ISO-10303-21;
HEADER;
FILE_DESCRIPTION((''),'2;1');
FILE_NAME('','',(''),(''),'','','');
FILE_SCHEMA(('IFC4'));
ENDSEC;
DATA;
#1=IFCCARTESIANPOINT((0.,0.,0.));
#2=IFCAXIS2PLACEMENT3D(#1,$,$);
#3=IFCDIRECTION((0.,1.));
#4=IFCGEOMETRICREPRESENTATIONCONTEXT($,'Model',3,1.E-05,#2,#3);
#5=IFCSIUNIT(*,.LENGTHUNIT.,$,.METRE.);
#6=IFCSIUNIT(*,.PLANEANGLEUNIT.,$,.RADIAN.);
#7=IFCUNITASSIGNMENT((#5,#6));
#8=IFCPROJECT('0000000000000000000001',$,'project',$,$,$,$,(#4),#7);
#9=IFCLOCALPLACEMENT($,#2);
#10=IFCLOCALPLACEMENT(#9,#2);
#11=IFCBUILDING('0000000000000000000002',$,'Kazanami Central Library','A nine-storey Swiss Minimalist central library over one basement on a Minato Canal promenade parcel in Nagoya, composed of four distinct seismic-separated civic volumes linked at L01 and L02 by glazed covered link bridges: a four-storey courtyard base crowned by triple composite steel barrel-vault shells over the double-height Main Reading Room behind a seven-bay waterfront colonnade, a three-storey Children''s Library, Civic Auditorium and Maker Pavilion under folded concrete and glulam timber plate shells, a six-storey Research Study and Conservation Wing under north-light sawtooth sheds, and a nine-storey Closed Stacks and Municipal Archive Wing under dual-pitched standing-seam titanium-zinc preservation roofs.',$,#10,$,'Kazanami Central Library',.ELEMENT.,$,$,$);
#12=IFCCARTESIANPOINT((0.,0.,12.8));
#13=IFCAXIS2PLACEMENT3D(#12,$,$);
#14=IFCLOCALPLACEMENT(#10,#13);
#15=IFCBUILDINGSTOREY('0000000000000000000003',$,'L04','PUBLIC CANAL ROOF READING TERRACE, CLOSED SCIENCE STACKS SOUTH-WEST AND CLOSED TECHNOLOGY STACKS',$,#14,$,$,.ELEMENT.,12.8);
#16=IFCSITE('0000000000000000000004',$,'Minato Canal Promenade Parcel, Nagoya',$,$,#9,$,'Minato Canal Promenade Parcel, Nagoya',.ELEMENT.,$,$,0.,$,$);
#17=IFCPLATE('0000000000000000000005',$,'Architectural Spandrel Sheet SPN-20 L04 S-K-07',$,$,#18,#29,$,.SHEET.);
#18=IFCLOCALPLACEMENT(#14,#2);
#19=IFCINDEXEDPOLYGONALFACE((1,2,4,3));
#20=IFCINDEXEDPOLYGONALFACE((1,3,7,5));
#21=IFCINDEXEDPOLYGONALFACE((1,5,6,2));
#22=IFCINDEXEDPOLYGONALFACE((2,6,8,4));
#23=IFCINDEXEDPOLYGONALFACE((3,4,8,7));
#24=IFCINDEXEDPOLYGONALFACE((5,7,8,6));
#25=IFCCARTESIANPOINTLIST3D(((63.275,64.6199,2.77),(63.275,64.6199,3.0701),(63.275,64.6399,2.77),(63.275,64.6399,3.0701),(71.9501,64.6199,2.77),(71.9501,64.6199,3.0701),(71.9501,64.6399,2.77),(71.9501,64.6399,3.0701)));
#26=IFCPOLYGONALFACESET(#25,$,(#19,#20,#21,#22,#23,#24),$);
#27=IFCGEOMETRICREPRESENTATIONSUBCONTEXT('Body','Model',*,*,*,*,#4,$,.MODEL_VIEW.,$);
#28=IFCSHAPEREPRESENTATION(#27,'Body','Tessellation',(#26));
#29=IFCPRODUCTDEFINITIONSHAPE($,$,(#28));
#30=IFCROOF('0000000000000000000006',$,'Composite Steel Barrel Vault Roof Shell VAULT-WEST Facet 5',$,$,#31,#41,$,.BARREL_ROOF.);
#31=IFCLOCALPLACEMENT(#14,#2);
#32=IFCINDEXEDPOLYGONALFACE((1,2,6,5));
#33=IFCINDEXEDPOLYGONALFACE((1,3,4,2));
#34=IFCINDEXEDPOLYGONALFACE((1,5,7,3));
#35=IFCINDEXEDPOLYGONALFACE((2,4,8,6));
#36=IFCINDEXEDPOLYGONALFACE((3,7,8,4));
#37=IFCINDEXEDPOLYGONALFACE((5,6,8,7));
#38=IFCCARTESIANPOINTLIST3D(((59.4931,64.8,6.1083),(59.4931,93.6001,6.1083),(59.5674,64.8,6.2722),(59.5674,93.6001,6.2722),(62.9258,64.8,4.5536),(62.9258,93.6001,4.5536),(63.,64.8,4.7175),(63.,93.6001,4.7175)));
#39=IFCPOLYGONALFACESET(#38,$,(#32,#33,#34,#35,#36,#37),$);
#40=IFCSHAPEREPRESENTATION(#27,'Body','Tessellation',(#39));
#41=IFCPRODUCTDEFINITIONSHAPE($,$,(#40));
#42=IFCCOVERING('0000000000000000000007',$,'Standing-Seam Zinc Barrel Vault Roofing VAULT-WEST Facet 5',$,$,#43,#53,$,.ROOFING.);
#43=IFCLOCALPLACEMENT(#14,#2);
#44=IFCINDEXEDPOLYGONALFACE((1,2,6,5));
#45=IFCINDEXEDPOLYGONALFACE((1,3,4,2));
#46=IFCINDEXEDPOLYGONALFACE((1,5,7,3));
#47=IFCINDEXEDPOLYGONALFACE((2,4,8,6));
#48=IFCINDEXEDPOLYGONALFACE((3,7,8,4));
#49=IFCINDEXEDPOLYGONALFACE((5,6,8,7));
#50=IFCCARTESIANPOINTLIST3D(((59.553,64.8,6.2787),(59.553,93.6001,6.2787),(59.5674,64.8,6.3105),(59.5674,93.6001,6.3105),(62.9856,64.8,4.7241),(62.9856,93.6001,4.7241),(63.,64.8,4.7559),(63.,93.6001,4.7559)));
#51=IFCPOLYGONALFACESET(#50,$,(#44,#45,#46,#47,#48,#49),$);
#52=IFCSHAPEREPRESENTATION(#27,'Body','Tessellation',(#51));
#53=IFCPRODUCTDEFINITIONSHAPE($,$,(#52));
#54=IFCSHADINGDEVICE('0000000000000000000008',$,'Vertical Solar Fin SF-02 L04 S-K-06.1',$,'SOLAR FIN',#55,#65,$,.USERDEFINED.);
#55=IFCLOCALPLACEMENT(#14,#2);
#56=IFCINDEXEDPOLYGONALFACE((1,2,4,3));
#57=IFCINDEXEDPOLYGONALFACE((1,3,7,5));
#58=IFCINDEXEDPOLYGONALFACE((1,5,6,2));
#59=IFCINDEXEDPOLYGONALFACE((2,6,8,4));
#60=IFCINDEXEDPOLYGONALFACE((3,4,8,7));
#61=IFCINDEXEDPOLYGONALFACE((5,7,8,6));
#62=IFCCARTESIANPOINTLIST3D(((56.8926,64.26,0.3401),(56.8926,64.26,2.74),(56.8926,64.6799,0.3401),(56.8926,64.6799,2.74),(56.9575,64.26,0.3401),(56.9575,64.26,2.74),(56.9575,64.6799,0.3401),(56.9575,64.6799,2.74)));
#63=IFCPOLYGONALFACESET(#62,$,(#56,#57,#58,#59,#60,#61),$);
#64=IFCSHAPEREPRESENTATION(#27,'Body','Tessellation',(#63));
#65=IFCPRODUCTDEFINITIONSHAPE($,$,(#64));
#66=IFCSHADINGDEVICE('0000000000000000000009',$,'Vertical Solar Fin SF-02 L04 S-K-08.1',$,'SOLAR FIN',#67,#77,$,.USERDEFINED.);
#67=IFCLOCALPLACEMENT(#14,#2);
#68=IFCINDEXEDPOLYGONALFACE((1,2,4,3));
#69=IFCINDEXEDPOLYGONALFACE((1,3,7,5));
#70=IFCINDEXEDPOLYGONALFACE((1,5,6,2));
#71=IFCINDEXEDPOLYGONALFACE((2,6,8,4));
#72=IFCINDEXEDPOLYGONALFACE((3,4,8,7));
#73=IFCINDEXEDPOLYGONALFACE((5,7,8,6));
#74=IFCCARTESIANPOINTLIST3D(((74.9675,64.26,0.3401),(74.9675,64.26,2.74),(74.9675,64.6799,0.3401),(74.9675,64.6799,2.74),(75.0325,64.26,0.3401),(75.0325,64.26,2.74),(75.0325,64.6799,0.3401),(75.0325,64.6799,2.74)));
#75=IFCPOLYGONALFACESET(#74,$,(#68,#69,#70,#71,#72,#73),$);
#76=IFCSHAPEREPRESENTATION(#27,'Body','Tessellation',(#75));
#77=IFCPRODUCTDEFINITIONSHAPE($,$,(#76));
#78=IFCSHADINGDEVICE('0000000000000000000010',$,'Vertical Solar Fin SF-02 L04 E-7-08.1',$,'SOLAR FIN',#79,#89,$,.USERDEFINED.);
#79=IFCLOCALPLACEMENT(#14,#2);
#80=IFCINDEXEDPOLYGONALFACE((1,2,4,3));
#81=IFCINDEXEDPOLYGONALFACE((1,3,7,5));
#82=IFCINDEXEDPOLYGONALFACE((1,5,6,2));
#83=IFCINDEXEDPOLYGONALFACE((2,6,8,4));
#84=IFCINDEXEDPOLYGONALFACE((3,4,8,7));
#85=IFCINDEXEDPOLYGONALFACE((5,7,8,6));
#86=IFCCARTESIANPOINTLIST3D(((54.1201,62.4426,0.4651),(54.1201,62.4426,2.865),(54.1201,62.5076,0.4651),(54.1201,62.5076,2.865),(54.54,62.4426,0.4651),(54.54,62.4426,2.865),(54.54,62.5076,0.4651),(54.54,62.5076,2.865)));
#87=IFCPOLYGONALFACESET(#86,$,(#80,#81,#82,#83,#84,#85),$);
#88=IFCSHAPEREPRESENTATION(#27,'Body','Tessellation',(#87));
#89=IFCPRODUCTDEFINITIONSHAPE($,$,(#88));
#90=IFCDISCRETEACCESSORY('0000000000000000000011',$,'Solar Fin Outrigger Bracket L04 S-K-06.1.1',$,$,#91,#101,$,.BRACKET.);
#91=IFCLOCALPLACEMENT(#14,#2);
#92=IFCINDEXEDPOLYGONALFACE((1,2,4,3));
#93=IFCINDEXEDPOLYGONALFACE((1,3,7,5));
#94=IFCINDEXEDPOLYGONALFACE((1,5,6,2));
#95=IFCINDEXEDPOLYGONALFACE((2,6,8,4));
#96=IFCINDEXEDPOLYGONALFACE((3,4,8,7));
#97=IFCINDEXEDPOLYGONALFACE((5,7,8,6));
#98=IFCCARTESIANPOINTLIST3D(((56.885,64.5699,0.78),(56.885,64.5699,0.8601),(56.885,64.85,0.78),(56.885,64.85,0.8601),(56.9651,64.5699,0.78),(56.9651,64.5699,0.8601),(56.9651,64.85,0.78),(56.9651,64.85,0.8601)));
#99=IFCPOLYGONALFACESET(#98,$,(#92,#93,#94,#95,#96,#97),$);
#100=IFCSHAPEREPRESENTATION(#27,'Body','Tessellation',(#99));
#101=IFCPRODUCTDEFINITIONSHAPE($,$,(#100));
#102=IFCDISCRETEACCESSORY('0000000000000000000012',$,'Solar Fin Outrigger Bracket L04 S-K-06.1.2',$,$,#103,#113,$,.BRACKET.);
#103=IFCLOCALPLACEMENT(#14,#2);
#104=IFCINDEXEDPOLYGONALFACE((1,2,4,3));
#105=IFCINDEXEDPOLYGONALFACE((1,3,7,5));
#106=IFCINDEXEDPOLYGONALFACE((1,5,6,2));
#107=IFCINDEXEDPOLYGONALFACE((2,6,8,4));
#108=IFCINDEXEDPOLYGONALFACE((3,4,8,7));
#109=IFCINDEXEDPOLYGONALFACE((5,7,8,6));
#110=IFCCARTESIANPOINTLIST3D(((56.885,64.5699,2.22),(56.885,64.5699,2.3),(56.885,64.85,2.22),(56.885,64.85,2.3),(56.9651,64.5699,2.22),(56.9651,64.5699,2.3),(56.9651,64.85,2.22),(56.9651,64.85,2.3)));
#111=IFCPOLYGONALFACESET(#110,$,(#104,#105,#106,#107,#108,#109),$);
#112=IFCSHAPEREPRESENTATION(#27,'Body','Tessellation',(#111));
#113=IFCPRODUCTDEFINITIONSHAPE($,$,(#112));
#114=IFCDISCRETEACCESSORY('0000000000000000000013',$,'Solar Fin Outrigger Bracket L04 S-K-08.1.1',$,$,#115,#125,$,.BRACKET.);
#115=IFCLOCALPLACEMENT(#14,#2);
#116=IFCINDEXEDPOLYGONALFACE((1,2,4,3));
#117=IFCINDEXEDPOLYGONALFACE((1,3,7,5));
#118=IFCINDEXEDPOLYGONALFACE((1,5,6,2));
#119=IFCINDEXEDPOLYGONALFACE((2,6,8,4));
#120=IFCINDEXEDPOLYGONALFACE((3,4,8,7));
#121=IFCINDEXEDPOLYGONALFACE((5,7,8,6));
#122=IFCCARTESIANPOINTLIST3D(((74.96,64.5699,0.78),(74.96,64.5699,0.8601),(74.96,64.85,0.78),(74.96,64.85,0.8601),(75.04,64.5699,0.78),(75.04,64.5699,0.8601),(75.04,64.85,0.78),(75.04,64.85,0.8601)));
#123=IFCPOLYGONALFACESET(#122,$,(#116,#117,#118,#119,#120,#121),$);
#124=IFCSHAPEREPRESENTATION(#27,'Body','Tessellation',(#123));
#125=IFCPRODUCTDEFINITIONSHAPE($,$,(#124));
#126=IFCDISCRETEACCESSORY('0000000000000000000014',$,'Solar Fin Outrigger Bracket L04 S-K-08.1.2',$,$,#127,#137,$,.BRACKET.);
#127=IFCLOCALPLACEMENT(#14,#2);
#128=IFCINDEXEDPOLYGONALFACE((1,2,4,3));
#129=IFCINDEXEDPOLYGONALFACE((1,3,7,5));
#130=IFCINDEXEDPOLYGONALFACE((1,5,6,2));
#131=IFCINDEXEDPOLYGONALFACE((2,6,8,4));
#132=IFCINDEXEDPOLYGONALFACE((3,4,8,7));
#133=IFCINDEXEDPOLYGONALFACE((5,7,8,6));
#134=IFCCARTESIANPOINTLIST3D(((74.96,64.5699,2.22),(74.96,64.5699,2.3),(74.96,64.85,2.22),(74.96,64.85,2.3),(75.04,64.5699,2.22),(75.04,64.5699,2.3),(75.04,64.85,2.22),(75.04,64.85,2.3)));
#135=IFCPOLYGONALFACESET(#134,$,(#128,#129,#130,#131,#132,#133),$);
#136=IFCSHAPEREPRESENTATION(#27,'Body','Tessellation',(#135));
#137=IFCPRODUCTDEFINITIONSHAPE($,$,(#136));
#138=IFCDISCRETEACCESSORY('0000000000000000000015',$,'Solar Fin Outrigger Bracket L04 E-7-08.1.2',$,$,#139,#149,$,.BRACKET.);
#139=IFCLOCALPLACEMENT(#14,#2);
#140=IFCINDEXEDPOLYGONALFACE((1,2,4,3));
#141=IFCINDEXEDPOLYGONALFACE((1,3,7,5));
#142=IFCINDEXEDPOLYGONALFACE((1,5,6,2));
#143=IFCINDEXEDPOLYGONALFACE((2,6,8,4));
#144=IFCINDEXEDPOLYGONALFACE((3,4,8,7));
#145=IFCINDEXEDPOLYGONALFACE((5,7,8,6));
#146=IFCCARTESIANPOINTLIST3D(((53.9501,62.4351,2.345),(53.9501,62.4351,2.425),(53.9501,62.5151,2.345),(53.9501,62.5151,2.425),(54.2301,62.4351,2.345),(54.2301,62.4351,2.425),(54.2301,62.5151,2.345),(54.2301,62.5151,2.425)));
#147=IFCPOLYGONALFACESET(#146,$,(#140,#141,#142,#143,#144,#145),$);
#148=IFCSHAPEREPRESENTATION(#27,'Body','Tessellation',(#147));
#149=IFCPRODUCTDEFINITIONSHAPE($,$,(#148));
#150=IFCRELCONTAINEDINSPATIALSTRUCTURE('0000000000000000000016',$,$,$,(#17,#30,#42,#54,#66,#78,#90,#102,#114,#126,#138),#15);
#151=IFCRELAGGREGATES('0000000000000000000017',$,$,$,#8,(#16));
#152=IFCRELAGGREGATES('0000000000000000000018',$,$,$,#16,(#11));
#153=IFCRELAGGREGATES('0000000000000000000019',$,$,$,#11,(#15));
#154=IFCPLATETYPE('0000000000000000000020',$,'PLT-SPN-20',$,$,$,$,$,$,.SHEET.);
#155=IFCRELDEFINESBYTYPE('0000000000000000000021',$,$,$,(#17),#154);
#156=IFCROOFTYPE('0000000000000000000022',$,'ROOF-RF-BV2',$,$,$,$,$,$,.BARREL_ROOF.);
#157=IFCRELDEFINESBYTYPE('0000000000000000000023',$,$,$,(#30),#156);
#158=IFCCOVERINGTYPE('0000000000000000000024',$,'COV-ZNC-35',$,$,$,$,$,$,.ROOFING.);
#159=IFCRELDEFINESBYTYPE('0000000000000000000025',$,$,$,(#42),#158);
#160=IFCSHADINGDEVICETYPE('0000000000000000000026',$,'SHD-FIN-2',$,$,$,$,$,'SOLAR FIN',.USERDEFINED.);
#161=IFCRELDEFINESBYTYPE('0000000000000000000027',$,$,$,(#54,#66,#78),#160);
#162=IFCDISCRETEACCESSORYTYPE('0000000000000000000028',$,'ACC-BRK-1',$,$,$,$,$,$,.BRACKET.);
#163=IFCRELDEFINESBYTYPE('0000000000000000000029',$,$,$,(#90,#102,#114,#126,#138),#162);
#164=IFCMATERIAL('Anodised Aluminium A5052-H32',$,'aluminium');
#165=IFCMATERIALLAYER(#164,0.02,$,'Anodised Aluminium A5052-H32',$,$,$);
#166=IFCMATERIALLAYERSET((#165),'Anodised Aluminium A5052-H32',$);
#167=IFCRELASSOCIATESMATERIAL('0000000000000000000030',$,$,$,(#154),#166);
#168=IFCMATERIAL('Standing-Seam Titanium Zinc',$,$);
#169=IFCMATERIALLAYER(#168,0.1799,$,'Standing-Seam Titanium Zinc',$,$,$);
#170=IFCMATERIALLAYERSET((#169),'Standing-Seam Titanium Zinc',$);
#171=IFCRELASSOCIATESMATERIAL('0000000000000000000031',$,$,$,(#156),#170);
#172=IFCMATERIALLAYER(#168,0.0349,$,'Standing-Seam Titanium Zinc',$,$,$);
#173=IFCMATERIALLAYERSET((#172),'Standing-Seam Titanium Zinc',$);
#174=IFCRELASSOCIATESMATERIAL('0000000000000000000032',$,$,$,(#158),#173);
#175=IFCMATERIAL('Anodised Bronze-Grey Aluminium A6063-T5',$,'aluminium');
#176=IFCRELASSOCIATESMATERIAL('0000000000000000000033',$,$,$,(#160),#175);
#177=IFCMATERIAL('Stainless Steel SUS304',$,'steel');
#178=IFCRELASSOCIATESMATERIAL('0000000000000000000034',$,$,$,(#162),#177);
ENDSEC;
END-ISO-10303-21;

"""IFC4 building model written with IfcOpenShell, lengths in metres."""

from ifc_helpers import new_model, si_unit, direction, frame, origin, origin_2d, place, context, subcontext, project, spatial, polyline, rectangle, outline, extrude, material, layer, layer_set, type_object, element, save


model = new_model("IFC4")

# Units and contexts
model_context = context("Model", 3, precision=1e-05, world=origin(), true_north=direction((0.0, 1.0)))
body_context = subcontext(model_context, "Body", "Model", "MODEL_VIEW")
ifc_project = project(units=[si_unit("LENGTHUNIT", "METRE"), si_unit("PLANEANGLEUNIT", "RADIAN")], contexts=[model_context])

# Site, building, storey
site_placement = place(None, origin())
site = spatial("IfcSite", under=ifc_project, at=site_placement, Name="Minato Canal Promenade Parcel, Nagoya", LongName="Minato Canal Promenade Parcel, Nagoya", CompositionType="ELEMENT", RefElevation=0.0)
building_placement = place(site_placement, origin())
building = spatial("IfcBuilding", under=site, at=building_placement, Name="Kazanami Central Library", Description="A nine-storey Swiss Minimalist central library over one basement on a Minato Canal promenade parcel in Nagoya, composed of four distinct seismic-separated civic volumes linked at L01 and L02 by glazed covered link bridges: a four-storey courtyard base crowned by triple composite steel barrel-vault shells over the double-height Main Reading Room behind a seven-bay waterfront colonnade, a three-storey Children's Library, Civic Auditorium and Maker Pavilion under folded concrete and glulam timber plate shells, a six-storey Research Study and Conservation Wing under north-light sawtooth sheds, and a nine-storey Closed Stacks and Municipal Archive Wing under dual-pitched standing-seam titanium-zinc preservation roofs.", LongName="Kazanami Central Library", CompositionType="ELEMENT")
storey_placement = place(building_placement, frame((0.0, 0.0, 12.8)))
storey = spatial("IfcBuildingStorey", under=building, at=storey_placement, Name="L04", Description="PUBLIC CANAL ROOF READING TERRACE, CLOSED SCIENCE STACKS SOUTH-WEST AND CLOSED TECHNOLOGY STACKS", CompositionType="ELEMENT", Elevation=12.8)

# Plate
ifc_material_1 = material(Name="Anodised Aluminium A5052-H32", Category="aluminium")
ifc_layer_1 = layer(ifc_material_1, 0.02, Name="Anodised Aluminium A5052-H32")
ifc_layer_set_1 = layer_set([ifc_layer_1], Name="Anodised Aluminium A5052-H32")
plate_type_1 = type_object("IfcPlateType", Name="PLT-SPN-20", PredefinedType="SHEET", material=ifc_layer_set_1)
plate_1_placement = place(storey_placement, frame((67.6125, 64.6299, 2.77), z_axis=(0.0, 0.0, 1.0), x_axis=(1.0, 0.0, 0.0)))
element("IfcPlate", 1, at=plate_1_placement, inside=storey, type_object=plate_type_1, Name="Architectural Spandrel Sheet SPN-20 L04 S-K-07", PredefinedType="SHEET", context=body_context, shape_type="SweptSolid", body=[
    extrude(rectangle(XDim=8.675, YDim=0.02, at=origin_2d()), origin(), (0.0, 0.0, 1.0), 0.3),
])

# Roof
ifc_material_2 = material(Name="Standing-Seam Titanium Zinc")
ifc_layer_2 = layer(ifc_material_2, 0.1799, Name="Standing-Seam Titanium Zinc")
ifc_layer_set_2 = layer_set([ifc_layer_2], Name="Standing-Seam Titanium Zinc")
roof_type = type_object("IfcRoofType", Name="ROOF-RF-BV2", PredefinedType="BARREL_ROOF", material=ifc_layer_set_2)
roof_placement = place(storey_placement, frame((59.5674, 64.8, 6.2722), z_axis=(0.412572, 0.0, 0.910925), x_axis=(0.910925, 0.0, -0.412572)))
element("IfcRoof", 2, at=roof_placement, inside=storey, type_object=roof_type, Name="Composite Steel Barrel Vault Roof Shell VAULT-WEST Facet 5", PredefinedType="BARREL_ROOF", context=body_context, shape_type="SweptSolid", body=[
    extrude(outline(polyline([(0.0, 0.0), (3.7683, 0.0), (3.7683, 28.8), (0.0, 28.8), (0.0, 0.0)])), origin(), (0.0, 0.0, -1.0), 0.1799),
])

# Covering
ifc_layer_3 = layer(ifc_material_2, 0.0349, Name="Standing-Seam Titanium Zinc")
ifc_layer_set_3 = layer_set([ifc_layer_3], Name="Standing-Seam Titanium Zinc")
covering_type = type_object("IfcCoveringType", Name="COV-ZNC-35", PredefinedType="ROOFING", material=ifc_layer_set_3)
covering_placement = place(storey_placement, frame((59.5674, 64.8, 6.3105), z_axis=(0.412572, 0.0, 0.910925), x_axis=(0.910925, 0.0, -0.412572)))
element("IfcCovering", 3, at=covering_placement, inside=storey, type_object=covering_type, Name="Standing-Seam Zinc Barrel Vault Roofing VAULT-WEST Facet 5", PredefinedType="ROOFING", context=body_context, shape_type="SweptSolid", body=[
    extrude(outline(polyline([(0.0, 0.0), (3.7683, 0.0), (3.7683, 28.8), (0.0, 28.8), (0.0, 0.0)])), origin(), (0.0, 0.0, -1.0), 0.0349),
])

# Shading devices
ifc_material_3 = material(Name="Anodised Bronze-Grey Aluminium A6063-T5", Category="aluminium")
shading_device_type = type_object("IfcShadingDeviceType", Name="SHD-FIN-2", ElementType="SOLAR FIN", PredefinedType="USERDEFINED", material=ifc_material_3)
for number, where, z_axis, x_axis, name in (
    (4, (56.925, 64.47, 0.3401), (0.0, 0.0, 1.0), (1.0, 0.0, 0.0), "Vertical Solar Fin SF-02 L04 S-K-06.1"),
    (5, (75.0, 64.47, 0.3401), (0.0, 0.0, 1.0), (1.0, 0.0, 0.0), "Vertical Solar Fin SF-02 L04 S-K-08.1"),
    (6, (54.3301, 62.4751, 0.4651), (0.0, 0.0, 1.0), (0.0, -1.0, 0.0), "Vertical Solar Fin SF-02 L04 E-7-08.1"),
):
    element("IfcShadingDevice", number, at=place(storey_placement, frame(where, z_axis=z_axis, x_axis=x_axis)), inside=storey, type_object=shading_device_type, Name=name, ObjectType="SOLAR FIN", PredefinedType="USERDEFINED", context=body_context, shape_type="SweptSolid", body=[
        extrude(rectangle(XDim=0.0649, YDim=0.4199, at=origin_2d()), origin(), (0.0, 0.0, 1.0), 2.3999),
    ])

# Discrete accessories
ifc_material_4 = material(Name="Stainless Steel SUS304", Category="steel")
discrete_accessory_type = type_object("IfcDiscreteAccessoryType", Name="ACC-BRK-1", PredefinedType="BRACKET", material=ifc_material_4)
for number, where, z_axis, x_axis, name in (
    (7, (56.925, 64.71, 0.78), (0.0, 0.0, 1.0), (1.0, 0.0, 0.0), "Solar Fin Outrigger Bracket L04 S-K-06.1.1"),
    (8, (56.925, 64.71, 2.22), (0.0, 0.0, 1.0), (1.0, 0.0, 0.0), "Solar Fin Outrigger Bracket L04 S-K-06.1.2"),
    (9, (75.0, 64.71, 0.78), (0.0, 0.0, 1.0), (1.0, 0.0, 0.0), "Solar Fin Outrigger Bracket L04 S-K-08.1.1"),
    (10, (75.0, 64.71, 2.22), (0.0, 0.0, 1.0), (1.0, 0.0, 0.0), "Solar Fin Outrigger Bracket L04 S-K-08.1.2"),
    (11, (54.0901, 62.4751, 2.345), (0.0, 0.0, 1.0), (0.0, -1.0, 0.0), "Solar Fin Outrigger Bracket L04 E-7-08.1.2"),
):
    element("IfcDiscreteAccessory", number, at=place(storey_placement, frame(where, z_axis=z_axis, x_axis=x_axis)), inside=storey, type_object=discrete_accessory_type, Name=name, PredefinedType="BRACKET", context=body_context, shape_type="SweptSolid", body=[
        extrude(rectangle(XDim=0.0801, YDim=0.28, at=origin_2d()), origin(), (0.0, 0.0, 1.0), 0.0801),
    ])

save(model, "model.ifc")
